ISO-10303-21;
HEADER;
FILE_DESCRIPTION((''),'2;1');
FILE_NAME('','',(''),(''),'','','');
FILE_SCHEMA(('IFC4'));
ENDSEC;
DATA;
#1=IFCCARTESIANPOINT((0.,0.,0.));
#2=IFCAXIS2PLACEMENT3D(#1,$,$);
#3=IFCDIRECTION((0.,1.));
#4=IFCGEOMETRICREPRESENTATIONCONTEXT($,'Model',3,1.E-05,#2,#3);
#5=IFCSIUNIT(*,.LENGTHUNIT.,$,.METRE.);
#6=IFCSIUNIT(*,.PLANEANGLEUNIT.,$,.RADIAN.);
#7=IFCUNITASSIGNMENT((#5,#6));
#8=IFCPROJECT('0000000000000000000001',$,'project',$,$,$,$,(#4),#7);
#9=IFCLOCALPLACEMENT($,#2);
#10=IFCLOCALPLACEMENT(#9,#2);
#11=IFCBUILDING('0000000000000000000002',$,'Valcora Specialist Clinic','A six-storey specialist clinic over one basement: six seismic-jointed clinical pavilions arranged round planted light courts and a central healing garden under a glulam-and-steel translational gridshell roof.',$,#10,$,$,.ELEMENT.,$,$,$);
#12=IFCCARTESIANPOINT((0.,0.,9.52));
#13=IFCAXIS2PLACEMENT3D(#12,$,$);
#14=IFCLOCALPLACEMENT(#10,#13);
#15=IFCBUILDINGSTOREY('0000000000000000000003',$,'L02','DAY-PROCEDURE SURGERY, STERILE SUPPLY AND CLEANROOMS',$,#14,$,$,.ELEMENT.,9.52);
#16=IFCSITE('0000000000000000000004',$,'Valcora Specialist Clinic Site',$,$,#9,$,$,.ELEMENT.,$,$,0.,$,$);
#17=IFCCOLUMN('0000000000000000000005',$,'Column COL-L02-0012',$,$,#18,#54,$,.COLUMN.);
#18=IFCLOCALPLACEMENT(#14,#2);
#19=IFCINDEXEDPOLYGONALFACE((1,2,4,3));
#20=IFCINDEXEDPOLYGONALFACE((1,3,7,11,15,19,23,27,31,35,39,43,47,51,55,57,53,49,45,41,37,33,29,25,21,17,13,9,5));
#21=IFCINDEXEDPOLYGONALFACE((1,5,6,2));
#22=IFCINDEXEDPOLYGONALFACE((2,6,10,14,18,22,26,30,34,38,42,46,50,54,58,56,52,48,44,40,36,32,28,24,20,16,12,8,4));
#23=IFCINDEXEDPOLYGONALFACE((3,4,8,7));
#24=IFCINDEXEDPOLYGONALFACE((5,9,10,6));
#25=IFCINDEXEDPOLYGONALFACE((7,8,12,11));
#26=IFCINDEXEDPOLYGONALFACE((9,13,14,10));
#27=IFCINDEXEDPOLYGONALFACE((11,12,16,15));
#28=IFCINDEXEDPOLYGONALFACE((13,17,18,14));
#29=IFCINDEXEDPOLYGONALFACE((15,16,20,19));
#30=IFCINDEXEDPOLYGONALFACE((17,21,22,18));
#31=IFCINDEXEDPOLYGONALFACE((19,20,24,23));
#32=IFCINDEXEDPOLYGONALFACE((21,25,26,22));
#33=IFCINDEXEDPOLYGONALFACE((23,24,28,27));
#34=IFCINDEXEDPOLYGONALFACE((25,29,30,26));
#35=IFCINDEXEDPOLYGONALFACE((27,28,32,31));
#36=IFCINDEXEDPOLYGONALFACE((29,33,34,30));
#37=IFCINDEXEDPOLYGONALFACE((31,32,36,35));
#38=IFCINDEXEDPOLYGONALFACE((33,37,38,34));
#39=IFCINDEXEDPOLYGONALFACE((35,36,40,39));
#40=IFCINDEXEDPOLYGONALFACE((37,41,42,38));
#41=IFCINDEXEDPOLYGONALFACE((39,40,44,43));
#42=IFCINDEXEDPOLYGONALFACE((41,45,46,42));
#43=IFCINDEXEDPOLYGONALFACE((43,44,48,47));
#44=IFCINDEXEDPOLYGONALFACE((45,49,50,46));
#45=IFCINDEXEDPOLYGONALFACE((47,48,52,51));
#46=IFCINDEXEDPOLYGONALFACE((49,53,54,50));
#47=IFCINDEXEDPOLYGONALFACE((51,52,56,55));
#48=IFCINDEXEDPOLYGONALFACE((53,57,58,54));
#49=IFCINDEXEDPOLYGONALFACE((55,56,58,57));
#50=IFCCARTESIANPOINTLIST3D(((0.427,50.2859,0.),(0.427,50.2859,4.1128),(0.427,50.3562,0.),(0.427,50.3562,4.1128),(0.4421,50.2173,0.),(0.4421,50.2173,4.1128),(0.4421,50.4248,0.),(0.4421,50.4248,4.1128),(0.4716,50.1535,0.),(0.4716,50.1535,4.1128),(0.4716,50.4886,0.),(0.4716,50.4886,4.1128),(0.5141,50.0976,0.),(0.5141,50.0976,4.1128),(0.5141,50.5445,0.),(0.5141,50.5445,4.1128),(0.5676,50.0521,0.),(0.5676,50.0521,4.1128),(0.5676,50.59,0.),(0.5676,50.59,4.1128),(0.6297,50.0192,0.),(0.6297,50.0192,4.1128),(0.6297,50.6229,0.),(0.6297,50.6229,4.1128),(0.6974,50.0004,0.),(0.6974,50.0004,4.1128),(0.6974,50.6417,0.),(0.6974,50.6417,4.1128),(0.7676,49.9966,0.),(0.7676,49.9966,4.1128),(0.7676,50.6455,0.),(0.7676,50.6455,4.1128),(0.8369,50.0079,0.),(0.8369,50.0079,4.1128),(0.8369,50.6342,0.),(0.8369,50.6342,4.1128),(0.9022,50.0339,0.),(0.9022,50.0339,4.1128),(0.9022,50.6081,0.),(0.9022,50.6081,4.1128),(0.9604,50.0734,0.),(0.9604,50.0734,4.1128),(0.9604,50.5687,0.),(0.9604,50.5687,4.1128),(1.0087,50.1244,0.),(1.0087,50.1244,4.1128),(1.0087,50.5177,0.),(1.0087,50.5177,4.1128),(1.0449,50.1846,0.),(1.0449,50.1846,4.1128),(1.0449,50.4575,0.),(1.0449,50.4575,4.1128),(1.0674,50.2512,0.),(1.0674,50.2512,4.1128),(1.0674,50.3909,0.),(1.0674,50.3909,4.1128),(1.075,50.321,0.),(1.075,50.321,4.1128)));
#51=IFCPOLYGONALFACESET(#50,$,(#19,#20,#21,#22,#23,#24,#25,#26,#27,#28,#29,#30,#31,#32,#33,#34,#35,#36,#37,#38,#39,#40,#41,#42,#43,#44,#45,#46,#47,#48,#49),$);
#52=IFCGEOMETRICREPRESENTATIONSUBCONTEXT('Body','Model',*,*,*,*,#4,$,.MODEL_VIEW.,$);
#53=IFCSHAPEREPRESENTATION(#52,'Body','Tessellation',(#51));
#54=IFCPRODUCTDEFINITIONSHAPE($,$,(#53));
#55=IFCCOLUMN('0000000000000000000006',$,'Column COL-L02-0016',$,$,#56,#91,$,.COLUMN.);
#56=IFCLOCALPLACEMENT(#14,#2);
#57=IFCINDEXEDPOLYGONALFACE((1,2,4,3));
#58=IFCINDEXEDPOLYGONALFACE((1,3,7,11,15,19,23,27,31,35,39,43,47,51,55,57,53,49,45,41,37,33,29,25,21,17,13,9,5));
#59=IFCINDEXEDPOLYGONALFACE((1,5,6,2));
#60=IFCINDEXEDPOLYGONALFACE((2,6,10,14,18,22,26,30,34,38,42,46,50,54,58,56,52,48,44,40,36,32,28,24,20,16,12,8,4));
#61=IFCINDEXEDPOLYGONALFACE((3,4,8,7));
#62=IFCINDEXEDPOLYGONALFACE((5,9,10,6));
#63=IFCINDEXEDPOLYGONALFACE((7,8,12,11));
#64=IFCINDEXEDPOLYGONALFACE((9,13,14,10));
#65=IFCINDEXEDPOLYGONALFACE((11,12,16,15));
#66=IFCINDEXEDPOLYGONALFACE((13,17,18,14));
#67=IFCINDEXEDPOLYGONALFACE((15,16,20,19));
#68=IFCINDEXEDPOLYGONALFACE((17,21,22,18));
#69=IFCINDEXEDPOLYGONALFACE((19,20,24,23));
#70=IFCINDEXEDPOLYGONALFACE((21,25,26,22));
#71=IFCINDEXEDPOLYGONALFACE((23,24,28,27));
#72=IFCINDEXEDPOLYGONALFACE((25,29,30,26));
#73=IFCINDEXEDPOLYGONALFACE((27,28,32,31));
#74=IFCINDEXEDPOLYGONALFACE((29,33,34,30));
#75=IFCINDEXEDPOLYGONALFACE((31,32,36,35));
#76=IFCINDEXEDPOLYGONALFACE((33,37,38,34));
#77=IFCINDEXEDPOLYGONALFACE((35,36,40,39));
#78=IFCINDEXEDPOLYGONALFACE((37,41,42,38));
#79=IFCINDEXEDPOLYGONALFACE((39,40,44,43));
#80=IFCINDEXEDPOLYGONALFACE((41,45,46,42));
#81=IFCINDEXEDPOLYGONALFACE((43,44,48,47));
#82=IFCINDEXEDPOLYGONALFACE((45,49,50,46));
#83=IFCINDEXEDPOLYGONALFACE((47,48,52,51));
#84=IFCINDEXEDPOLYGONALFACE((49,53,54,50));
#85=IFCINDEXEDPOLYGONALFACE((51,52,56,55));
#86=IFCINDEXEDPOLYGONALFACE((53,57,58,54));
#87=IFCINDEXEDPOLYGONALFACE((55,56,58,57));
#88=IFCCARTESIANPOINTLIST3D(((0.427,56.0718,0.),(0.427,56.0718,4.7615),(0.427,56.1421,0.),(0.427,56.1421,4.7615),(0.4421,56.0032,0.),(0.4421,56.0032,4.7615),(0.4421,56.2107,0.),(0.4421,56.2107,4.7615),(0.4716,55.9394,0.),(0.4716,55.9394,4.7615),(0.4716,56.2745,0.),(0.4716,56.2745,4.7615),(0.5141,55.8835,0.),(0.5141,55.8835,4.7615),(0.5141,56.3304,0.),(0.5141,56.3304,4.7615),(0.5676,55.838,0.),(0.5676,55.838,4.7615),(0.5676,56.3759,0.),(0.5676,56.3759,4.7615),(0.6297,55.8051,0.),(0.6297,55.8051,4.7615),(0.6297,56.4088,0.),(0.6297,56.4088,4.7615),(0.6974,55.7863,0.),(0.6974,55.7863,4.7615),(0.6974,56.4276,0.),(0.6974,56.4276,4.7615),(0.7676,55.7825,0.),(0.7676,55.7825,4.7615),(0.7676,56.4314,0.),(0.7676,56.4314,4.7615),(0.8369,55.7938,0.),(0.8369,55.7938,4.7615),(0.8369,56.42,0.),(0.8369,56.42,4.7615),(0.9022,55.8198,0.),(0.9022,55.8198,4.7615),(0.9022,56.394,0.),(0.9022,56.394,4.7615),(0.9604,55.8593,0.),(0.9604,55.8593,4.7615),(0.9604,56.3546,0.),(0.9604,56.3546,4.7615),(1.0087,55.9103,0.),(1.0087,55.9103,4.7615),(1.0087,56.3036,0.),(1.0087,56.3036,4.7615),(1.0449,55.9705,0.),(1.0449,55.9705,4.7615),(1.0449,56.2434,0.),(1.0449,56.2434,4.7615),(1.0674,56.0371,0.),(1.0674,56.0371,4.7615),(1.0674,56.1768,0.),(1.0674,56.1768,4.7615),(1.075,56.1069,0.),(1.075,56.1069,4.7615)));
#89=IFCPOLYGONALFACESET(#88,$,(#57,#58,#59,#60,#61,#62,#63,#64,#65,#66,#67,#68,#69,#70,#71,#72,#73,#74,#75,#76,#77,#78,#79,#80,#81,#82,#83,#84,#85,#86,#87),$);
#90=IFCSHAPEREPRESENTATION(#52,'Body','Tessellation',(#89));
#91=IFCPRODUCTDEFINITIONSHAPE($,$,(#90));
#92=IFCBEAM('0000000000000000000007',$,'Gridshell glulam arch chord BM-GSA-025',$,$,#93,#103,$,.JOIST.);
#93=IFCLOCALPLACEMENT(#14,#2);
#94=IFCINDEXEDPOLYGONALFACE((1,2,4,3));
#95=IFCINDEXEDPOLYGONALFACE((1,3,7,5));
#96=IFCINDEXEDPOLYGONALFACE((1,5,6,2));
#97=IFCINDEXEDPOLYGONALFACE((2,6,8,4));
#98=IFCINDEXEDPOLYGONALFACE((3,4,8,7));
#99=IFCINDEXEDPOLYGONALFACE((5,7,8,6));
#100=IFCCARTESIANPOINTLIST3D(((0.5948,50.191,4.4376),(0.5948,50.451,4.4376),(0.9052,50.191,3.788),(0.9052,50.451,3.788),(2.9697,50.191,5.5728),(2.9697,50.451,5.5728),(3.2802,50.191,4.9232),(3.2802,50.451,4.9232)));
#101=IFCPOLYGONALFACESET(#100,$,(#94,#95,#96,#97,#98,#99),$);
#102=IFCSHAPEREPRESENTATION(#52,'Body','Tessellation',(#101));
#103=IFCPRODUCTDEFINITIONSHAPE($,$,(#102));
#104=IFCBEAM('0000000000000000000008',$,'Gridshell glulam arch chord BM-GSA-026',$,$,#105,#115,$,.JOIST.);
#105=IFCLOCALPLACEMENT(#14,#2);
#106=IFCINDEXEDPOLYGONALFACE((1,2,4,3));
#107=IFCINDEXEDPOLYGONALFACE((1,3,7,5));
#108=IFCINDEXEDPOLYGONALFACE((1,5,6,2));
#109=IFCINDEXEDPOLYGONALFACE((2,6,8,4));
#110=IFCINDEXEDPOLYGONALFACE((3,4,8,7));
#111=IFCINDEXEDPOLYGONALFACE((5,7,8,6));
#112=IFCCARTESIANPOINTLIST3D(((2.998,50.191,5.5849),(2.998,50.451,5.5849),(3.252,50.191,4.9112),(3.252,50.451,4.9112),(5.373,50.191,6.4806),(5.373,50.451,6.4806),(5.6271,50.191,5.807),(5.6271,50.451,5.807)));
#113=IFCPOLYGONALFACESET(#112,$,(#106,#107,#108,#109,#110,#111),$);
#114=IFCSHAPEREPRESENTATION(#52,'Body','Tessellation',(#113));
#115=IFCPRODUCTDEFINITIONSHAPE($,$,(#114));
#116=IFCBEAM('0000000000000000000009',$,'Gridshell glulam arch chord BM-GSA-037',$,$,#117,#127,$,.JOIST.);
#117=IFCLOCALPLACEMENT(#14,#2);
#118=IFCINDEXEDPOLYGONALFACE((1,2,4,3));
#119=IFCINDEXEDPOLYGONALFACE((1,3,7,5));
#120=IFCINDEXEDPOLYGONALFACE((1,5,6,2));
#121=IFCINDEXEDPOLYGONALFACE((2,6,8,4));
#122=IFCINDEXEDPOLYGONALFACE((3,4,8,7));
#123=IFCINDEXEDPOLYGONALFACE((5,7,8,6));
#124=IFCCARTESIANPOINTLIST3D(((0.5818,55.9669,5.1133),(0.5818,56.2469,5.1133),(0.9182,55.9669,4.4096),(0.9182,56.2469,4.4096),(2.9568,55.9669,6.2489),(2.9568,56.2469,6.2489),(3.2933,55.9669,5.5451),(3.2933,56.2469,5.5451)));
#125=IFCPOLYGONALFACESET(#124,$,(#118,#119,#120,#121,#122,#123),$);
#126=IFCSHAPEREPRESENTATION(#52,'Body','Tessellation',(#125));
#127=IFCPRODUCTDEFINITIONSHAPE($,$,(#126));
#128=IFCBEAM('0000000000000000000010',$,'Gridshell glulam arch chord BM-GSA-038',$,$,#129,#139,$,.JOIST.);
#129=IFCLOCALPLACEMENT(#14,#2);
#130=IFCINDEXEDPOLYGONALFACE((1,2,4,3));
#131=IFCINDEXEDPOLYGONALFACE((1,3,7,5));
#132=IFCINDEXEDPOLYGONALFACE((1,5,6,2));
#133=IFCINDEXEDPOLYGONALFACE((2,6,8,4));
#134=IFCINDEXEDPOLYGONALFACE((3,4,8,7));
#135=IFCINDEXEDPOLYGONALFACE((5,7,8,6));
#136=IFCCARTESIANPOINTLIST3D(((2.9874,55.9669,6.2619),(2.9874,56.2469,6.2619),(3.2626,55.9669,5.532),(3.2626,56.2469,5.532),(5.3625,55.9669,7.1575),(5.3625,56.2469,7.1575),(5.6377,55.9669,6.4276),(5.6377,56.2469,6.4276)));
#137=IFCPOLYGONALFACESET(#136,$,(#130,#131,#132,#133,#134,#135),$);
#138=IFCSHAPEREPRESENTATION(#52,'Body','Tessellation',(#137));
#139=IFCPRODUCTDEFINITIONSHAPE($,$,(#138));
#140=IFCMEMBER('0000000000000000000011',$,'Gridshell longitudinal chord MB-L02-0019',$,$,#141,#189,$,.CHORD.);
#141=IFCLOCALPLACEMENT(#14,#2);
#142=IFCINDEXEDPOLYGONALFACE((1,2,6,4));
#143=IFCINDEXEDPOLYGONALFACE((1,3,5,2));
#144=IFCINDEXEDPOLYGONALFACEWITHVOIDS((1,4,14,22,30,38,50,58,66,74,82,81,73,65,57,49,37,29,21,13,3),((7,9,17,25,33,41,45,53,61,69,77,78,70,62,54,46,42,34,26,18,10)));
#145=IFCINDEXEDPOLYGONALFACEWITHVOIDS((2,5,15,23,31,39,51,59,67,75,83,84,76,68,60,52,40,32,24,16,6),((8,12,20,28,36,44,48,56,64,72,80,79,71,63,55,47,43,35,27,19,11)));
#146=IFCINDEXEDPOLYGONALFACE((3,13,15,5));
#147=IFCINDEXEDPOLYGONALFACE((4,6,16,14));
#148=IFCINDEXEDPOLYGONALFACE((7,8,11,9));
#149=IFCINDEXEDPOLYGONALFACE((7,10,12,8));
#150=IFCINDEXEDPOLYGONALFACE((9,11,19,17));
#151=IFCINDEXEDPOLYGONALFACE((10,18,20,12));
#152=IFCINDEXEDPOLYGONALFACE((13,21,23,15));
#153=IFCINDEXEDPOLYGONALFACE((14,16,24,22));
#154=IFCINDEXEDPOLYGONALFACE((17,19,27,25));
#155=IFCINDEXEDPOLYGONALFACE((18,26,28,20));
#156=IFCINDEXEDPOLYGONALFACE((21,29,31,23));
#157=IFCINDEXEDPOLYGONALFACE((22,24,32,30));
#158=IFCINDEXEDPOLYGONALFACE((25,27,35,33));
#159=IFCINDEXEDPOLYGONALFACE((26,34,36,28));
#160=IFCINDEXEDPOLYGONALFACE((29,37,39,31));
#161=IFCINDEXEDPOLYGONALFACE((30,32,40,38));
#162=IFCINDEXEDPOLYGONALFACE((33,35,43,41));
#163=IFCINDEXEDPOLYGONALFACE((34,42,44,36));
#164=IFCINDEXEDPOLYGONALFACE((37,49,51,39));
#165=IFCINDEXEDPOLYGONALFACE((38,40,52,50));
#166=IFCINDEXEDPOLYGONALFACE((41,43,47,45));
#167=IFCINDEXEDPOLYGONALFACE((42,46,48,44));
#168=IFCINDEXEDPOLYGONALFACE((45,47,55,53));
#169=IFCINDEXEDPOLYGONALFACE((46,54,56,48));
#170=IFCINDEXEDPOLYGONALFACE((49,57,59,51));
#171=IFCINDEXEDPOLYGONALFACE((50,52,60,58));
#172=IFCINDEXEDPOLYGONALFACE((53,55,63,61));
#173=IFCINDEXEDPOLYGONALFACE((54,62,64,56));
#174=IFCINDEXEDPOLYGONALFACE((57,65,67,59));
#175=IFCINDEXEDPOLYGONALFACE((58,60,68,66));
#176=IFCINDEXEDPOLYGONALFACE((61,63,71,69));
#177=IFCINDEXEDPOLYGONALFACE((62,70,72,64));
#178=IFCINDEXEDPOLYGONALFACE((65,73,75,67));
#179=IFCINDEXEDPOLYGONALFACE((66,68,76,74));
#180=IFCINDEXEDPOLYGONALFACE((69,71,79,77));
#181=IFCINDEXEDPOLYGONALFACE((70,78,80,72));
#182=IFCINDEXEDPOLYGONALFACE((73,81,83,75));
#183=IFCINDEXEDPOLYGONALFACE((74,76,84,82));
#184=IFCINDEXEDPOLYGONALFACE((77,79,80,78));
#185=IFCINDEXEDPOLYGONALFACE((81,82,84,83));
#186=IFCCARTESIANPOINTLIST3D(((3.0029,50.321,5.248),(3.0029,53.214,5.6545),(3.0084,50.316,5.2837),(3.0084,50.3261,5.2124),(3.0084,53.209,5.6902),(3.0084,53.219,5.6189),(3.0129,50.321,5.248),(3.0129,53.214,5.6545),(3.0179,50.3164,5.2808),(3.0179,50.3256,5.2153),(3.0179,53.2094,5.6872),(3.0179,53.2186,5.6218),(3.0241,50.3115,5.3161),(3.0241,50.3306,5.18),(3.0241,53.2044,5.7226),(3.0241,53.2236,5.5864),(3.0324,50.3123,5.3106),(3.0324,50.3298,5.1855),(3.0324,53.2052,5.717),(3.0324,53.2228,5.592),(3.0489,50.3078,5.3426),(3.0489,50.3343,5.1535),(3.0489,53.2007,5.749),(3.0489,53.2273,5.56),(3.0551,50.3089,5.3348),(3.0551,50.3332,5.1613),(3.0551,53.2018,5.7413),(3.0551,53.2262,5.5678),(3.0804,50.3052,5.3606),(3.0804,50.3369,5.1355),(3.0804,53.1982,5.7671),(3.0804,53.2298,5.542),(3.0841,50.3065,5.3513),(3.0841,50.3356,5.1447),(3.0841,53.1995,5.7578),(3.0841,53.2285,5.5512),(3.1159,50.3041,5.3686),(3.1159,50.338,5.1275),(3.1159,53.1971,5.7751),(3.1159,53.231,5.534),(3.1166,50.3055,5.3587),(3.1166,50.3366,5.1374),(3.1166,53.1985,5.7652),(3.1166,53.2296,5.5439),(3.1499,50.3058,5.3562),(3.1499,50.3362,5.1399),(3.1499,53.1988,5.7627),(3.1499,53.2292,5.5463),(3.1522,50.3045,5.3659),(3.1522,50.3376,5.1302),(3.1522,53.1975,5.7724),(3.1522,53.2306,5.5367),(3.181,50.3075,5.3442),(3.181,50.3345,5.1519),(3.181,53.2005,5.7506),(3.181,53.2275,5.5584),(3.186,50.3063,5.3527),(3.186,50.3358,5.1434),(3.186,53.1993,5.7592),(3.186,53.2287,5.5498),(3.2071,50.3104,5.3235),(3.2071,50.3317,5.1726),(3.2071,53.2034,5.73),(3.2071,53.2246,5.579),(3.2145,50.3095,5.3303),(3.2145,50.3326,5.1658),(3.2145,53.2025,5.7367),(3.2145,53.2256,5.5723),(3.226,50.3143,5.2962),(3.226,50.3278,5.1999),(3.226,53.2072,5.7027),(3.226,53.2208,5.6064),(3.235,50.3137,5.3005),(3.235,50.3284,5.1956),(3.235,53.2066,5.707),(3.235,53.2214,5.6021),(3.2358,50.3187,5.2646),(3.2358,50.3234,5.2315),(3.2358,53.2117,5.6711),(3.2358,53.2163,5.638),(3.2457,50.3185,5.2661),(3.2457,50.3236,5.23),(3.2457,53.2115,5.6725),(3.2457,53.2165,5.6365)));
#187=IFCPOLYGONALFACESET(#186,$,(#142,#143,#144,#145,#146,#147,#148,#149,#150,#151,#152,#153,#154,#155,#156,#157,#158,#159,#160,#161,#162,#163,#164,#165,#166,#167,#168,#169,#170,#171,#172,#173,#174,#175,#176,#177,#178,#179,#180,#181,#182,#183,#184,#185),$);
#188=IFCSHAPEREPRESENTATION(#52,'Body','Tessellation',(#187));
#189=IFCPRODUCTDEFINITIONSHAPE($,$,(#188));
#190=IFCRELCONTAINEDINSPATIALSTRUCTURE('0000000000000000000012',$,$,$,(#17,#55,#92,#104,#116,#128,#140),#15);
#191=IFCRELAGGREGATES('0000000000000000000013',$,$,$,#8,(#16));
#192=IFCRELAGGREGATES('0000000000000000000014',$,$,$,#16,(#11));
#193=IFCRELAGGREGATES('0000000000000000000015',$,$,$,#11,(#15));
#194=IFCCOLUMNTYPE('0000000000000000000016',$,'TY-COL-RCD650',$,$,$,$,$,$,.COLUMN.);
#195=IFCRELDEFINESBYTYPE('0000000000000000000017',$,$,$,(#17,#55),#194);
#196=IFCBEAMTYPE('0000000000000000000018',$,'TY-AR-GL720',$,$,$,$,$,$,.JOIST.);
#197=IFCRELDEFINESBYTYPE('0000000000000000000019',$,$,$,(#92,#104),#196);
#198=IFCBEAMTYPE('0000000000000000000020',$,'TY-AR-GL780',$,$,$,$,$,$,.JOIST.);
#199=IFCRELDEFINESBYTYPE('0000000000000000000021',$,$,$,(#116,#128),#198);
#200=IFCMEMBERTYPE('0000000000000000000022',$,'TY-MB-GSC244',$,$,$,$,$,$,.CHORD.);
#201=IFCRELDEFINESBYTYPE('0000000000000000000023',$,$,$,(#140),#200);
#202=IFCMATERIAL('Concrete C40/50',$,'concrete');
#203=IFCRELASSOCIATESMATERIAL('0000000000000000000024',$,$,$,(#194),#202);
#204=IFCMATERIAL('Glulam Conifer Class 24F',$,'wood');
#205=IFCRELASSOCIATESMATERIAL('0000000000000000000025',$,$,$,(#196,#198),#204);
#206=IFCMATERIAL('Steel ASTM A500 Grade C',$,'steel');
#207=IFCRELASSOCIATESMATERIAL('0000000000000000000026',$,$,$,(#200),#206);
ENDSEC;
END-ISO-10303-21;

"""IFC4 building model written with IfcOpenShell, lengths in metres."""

from ifc_helpers import new_model, si_unit, direction, frame, origin, origin_2d, place, context, subcontext, project, spatial, rectangle, circle, hollow_circle, extrude, material, material_profile, profile_set, type_object, element, save


model = new_model("IFC4")

# Units and contexts
model_context = context("Model", 3, precision=1e-05, world=origin(), true_north=direction((0.0, 1.0)))
body_context = subcontext(model_context, "Body", "Model", "MODEL_VIEW")
ifc_project = project(units=[si_unit("LENGTHUNIT", "METRE"), si_unit("PLANEANGLEUNIT", "RADIAN")], contexts=[model_context])

# Site, building, storey
site_placement = place(None, origin())
site = spatial("IfcSite", under=ifc_project, at=site_placement, Name="Valcora Specialist Clinic Site", CompositionType="ELEMENT", RefElevation=0.0)
building_placement = place(site_placement, origin())
building = spatial("IfcBuilding", under=site, at=building_placement, Name="Valcora Specialist Clinic", Description="A six-storey specialist clinic over one basement: six seismic-jointed clinical pavilions arranged round planted light courts and a central healing garden under a glulam-and-steel translational gridshell roof.", CompositionType="ELEMENT")
storey_placement = place(building_placement, frame((0.0, 0.0, 9.52)))
storey = spatial("IfcBuildingStorey", under=building, at=storey_placement, Name="L02", Description="DAY-PROCEDURE SURGERY, STERILE SUPPLY AND CLEANROOMS", CompositionType="ELEMENT", Elevation=9.52)

# Columns
ifc_material_1 = material(Name="Concrete C40/50", Category="concrete")
ifc_material_profile_1 = material_profile(ifc_material_1, circle(Radius=0.325, at=origin_2d()), Name="RC-COL-D650")
ifc_profile_set_1 = profile_set([ifc_material_profile_1], Name="Concrete C40/50")
column_type = type_object("IfcColumnType", Name="TY-COL-RCD650", PredefinedType="COLUMN", material=ifc_profile_set_1)
column_1_placement = place(storey_placement, frame((0.75, 50.321, 0.0), z_axis=(0.0, 0.0, 1.0), x_axis=(1.0, 0.0, 0.0)))
element("IfcColumn", 1, at=column_1_placement, inside=storey, type_object=column_type, Name="Column COL-L02-0012", PredefinedType="COLUMN", context=body_context, shape_type="SweptSolid", body=[
    extrude(circle(Radius=0.325, at=origin_2d()), origin(), (0.0, 0.0, 1.0), 4.1128),
])
column_2_placement = place(storey_placement, frame((0.75, 56.1069, 0.0), z_axis=(0.0, 0.0, 1.0), x_axis=(1.0, 0.0, 0.0)))
element("IfcColumn", 2, at=column_2_placement, inside=storey, type_object=column_type, Name="Column COL-L02-0016", PredefinedType="COLUMN", context=body_context, shape_type="SweptSolid", body=[
    extrude(circle(Radius=0.325, at=origin_2d()), origin(), (0.0, 0.0, 1.0), 4.7615),
])

# Beams
ifc_material_2 = material(Name="Glulam Conifer Class 24F", Category="wood")
ifc_material_profile_2 = material_profile(ifc_material_2, rectangle(XDim=0.26, YDim=0.72, at=origin_2d()), Name="GL-ARC-260X720")
ifc_profile_set_2 = profile_set([ifc_material_profile_2], Name="Glulam Conifer Class 24F")
beam_type_1 = type_object("IfcBeamType", Name="TY-AR-GL720", PredefinedType="JOIST", material=ifc_profile_set_2)
beam_1_placement = place(storey_placement, frame((0.75, 50.321, 4.1128), z_axis=(0.902225, 0.0, 0.431265), x_axis=(0.0, 1.0, 0.0)))
element("IfcBeam", 3, at=beam_1_placement, inside=storey, type_object=beam_type_1, Name="Gridshell glulam arch chord BM-GSA-025", PredefinedType="JOIST", context=body_context, shape_type="SweptSolid", body=[
    extrude(rectangle(XDim=0.26, YDim=0.72, at=origin_2d()), origin(), (0.0, 0.0, 1.0), 2.6323),
])
beam_2_placement = place(storey_placement, frame((3.125, 50.321, 5.248), z_axis=(0.935663, 0.0, 0.352894), x_axis=(0.0, 1.0, 0.0)))
element("IfcBeam", 4, at=beam_2_placement, inside=storey, type_object=beam_type_1, Name="Gridshell glulam arch chord BM-GSA-026", PredefinedType="JOIST", context=body_context, shape_type="SweptSolid", body=[
    extrude(rectangle(XDim=0.26, YDim=0.72, at=origin_2d()), origin(), (0.0, 0.0, 1.0), 2.5383),
])
ifc_material_profile_3 = material_profile(ifc_material_2, rectangle(XDim=0.28, YDim=0.78, at=origin_2d()), Name="GL-ARC-280X780")
ifc_profile_set_3 = profile_set([ifc_material_profile_3], Name="Glulam Conifer Class 24F")
beam_type_2 = type_object("IfcBeamType", Name="TY-AR-GL780", PredefinedType="JOIST", material=ifc_profile_set_3)
beam_3_placement = place(storey_placement, frame((0.75, 56.1069, 4.7615), z_axis=(0.902189, 0.0, 0.431341), x_axis=(0.0, 1.0, 0.0)))
element("IfcBeam", 5, at=beam_3_placement, inside=storey, type_object=beam_type_2, Name="Gridshell glulam arch chord BM-GSA-037", PredefinedType="JOIST", context=body_context, shape_type="SweptSolid", body=[
    extrude(rectangle(XDim=0.28, YDim=0.78, at=origin_2d()), origin(), (0.0, 0.0, 1.0), 2.6326),
])
beam_4_placement = place(storey_placement, frame((3.125, 56.1069, 5.897), z_axis=(0.935695, 0.0, 0.352809), x_axis=(0.0, 1.0, 0.0)))
element("IfcBeam", 6, at=beam_4_placement, inside=storey, type_object=beam_type_2, Name="Gridshell glulam arch chord BM-GSA-038", PredefinedType="JOIST", context=body_context, shape_type="SweptSolid", body=[
    extrude(rectangle(XDim=0.28, YDim=0.78, at=origin_2d()), origin(), (0.0, 0.0, 1.0), 2.5383),
])

# Member
ifc_material_3 = material(Name="Steel ASTM A500 Grade C", Category="steel")
ifc_material_profile_4 = material_profile(ifc_material_3, hollow_circle(Radius=0.1221, WallThickness=0.01, at=origin_2d()), Name="ST-CHS-244X10")
ifc_profile_set_4 = profile_set([ifc_material_profile_4], Name="Steel ASTM A500 Grade C")
member_type_1 = type_object("IfcMemberType", Name="TY-MB-GSC244", PredefinedType="CHORD", material=ifc_profile_set_4)
member_1_placement = place(storey_placement, frame((3.125, 50.321, 5.248), z_axis=(0.0, 0.990273, 0.13914), x_axis=(-1.0, 0.0, 0.0)))
element("IfcMember", 7, at=member_1_placement, inside=storey, type_object=member_type_1, Name="Gridshell longitudinal chord MB-L02-0019", PredefinedType="CHORD", context=body_context, shape_type="SweptSolid", body=[
    extrude(hollow_circle(Radius=0.1221, WallThickness=0.01, at=origin_2d()), origin(), (0.0, 0.0, 1.0), 2.9214),
])

save(model, "model.ifc")
